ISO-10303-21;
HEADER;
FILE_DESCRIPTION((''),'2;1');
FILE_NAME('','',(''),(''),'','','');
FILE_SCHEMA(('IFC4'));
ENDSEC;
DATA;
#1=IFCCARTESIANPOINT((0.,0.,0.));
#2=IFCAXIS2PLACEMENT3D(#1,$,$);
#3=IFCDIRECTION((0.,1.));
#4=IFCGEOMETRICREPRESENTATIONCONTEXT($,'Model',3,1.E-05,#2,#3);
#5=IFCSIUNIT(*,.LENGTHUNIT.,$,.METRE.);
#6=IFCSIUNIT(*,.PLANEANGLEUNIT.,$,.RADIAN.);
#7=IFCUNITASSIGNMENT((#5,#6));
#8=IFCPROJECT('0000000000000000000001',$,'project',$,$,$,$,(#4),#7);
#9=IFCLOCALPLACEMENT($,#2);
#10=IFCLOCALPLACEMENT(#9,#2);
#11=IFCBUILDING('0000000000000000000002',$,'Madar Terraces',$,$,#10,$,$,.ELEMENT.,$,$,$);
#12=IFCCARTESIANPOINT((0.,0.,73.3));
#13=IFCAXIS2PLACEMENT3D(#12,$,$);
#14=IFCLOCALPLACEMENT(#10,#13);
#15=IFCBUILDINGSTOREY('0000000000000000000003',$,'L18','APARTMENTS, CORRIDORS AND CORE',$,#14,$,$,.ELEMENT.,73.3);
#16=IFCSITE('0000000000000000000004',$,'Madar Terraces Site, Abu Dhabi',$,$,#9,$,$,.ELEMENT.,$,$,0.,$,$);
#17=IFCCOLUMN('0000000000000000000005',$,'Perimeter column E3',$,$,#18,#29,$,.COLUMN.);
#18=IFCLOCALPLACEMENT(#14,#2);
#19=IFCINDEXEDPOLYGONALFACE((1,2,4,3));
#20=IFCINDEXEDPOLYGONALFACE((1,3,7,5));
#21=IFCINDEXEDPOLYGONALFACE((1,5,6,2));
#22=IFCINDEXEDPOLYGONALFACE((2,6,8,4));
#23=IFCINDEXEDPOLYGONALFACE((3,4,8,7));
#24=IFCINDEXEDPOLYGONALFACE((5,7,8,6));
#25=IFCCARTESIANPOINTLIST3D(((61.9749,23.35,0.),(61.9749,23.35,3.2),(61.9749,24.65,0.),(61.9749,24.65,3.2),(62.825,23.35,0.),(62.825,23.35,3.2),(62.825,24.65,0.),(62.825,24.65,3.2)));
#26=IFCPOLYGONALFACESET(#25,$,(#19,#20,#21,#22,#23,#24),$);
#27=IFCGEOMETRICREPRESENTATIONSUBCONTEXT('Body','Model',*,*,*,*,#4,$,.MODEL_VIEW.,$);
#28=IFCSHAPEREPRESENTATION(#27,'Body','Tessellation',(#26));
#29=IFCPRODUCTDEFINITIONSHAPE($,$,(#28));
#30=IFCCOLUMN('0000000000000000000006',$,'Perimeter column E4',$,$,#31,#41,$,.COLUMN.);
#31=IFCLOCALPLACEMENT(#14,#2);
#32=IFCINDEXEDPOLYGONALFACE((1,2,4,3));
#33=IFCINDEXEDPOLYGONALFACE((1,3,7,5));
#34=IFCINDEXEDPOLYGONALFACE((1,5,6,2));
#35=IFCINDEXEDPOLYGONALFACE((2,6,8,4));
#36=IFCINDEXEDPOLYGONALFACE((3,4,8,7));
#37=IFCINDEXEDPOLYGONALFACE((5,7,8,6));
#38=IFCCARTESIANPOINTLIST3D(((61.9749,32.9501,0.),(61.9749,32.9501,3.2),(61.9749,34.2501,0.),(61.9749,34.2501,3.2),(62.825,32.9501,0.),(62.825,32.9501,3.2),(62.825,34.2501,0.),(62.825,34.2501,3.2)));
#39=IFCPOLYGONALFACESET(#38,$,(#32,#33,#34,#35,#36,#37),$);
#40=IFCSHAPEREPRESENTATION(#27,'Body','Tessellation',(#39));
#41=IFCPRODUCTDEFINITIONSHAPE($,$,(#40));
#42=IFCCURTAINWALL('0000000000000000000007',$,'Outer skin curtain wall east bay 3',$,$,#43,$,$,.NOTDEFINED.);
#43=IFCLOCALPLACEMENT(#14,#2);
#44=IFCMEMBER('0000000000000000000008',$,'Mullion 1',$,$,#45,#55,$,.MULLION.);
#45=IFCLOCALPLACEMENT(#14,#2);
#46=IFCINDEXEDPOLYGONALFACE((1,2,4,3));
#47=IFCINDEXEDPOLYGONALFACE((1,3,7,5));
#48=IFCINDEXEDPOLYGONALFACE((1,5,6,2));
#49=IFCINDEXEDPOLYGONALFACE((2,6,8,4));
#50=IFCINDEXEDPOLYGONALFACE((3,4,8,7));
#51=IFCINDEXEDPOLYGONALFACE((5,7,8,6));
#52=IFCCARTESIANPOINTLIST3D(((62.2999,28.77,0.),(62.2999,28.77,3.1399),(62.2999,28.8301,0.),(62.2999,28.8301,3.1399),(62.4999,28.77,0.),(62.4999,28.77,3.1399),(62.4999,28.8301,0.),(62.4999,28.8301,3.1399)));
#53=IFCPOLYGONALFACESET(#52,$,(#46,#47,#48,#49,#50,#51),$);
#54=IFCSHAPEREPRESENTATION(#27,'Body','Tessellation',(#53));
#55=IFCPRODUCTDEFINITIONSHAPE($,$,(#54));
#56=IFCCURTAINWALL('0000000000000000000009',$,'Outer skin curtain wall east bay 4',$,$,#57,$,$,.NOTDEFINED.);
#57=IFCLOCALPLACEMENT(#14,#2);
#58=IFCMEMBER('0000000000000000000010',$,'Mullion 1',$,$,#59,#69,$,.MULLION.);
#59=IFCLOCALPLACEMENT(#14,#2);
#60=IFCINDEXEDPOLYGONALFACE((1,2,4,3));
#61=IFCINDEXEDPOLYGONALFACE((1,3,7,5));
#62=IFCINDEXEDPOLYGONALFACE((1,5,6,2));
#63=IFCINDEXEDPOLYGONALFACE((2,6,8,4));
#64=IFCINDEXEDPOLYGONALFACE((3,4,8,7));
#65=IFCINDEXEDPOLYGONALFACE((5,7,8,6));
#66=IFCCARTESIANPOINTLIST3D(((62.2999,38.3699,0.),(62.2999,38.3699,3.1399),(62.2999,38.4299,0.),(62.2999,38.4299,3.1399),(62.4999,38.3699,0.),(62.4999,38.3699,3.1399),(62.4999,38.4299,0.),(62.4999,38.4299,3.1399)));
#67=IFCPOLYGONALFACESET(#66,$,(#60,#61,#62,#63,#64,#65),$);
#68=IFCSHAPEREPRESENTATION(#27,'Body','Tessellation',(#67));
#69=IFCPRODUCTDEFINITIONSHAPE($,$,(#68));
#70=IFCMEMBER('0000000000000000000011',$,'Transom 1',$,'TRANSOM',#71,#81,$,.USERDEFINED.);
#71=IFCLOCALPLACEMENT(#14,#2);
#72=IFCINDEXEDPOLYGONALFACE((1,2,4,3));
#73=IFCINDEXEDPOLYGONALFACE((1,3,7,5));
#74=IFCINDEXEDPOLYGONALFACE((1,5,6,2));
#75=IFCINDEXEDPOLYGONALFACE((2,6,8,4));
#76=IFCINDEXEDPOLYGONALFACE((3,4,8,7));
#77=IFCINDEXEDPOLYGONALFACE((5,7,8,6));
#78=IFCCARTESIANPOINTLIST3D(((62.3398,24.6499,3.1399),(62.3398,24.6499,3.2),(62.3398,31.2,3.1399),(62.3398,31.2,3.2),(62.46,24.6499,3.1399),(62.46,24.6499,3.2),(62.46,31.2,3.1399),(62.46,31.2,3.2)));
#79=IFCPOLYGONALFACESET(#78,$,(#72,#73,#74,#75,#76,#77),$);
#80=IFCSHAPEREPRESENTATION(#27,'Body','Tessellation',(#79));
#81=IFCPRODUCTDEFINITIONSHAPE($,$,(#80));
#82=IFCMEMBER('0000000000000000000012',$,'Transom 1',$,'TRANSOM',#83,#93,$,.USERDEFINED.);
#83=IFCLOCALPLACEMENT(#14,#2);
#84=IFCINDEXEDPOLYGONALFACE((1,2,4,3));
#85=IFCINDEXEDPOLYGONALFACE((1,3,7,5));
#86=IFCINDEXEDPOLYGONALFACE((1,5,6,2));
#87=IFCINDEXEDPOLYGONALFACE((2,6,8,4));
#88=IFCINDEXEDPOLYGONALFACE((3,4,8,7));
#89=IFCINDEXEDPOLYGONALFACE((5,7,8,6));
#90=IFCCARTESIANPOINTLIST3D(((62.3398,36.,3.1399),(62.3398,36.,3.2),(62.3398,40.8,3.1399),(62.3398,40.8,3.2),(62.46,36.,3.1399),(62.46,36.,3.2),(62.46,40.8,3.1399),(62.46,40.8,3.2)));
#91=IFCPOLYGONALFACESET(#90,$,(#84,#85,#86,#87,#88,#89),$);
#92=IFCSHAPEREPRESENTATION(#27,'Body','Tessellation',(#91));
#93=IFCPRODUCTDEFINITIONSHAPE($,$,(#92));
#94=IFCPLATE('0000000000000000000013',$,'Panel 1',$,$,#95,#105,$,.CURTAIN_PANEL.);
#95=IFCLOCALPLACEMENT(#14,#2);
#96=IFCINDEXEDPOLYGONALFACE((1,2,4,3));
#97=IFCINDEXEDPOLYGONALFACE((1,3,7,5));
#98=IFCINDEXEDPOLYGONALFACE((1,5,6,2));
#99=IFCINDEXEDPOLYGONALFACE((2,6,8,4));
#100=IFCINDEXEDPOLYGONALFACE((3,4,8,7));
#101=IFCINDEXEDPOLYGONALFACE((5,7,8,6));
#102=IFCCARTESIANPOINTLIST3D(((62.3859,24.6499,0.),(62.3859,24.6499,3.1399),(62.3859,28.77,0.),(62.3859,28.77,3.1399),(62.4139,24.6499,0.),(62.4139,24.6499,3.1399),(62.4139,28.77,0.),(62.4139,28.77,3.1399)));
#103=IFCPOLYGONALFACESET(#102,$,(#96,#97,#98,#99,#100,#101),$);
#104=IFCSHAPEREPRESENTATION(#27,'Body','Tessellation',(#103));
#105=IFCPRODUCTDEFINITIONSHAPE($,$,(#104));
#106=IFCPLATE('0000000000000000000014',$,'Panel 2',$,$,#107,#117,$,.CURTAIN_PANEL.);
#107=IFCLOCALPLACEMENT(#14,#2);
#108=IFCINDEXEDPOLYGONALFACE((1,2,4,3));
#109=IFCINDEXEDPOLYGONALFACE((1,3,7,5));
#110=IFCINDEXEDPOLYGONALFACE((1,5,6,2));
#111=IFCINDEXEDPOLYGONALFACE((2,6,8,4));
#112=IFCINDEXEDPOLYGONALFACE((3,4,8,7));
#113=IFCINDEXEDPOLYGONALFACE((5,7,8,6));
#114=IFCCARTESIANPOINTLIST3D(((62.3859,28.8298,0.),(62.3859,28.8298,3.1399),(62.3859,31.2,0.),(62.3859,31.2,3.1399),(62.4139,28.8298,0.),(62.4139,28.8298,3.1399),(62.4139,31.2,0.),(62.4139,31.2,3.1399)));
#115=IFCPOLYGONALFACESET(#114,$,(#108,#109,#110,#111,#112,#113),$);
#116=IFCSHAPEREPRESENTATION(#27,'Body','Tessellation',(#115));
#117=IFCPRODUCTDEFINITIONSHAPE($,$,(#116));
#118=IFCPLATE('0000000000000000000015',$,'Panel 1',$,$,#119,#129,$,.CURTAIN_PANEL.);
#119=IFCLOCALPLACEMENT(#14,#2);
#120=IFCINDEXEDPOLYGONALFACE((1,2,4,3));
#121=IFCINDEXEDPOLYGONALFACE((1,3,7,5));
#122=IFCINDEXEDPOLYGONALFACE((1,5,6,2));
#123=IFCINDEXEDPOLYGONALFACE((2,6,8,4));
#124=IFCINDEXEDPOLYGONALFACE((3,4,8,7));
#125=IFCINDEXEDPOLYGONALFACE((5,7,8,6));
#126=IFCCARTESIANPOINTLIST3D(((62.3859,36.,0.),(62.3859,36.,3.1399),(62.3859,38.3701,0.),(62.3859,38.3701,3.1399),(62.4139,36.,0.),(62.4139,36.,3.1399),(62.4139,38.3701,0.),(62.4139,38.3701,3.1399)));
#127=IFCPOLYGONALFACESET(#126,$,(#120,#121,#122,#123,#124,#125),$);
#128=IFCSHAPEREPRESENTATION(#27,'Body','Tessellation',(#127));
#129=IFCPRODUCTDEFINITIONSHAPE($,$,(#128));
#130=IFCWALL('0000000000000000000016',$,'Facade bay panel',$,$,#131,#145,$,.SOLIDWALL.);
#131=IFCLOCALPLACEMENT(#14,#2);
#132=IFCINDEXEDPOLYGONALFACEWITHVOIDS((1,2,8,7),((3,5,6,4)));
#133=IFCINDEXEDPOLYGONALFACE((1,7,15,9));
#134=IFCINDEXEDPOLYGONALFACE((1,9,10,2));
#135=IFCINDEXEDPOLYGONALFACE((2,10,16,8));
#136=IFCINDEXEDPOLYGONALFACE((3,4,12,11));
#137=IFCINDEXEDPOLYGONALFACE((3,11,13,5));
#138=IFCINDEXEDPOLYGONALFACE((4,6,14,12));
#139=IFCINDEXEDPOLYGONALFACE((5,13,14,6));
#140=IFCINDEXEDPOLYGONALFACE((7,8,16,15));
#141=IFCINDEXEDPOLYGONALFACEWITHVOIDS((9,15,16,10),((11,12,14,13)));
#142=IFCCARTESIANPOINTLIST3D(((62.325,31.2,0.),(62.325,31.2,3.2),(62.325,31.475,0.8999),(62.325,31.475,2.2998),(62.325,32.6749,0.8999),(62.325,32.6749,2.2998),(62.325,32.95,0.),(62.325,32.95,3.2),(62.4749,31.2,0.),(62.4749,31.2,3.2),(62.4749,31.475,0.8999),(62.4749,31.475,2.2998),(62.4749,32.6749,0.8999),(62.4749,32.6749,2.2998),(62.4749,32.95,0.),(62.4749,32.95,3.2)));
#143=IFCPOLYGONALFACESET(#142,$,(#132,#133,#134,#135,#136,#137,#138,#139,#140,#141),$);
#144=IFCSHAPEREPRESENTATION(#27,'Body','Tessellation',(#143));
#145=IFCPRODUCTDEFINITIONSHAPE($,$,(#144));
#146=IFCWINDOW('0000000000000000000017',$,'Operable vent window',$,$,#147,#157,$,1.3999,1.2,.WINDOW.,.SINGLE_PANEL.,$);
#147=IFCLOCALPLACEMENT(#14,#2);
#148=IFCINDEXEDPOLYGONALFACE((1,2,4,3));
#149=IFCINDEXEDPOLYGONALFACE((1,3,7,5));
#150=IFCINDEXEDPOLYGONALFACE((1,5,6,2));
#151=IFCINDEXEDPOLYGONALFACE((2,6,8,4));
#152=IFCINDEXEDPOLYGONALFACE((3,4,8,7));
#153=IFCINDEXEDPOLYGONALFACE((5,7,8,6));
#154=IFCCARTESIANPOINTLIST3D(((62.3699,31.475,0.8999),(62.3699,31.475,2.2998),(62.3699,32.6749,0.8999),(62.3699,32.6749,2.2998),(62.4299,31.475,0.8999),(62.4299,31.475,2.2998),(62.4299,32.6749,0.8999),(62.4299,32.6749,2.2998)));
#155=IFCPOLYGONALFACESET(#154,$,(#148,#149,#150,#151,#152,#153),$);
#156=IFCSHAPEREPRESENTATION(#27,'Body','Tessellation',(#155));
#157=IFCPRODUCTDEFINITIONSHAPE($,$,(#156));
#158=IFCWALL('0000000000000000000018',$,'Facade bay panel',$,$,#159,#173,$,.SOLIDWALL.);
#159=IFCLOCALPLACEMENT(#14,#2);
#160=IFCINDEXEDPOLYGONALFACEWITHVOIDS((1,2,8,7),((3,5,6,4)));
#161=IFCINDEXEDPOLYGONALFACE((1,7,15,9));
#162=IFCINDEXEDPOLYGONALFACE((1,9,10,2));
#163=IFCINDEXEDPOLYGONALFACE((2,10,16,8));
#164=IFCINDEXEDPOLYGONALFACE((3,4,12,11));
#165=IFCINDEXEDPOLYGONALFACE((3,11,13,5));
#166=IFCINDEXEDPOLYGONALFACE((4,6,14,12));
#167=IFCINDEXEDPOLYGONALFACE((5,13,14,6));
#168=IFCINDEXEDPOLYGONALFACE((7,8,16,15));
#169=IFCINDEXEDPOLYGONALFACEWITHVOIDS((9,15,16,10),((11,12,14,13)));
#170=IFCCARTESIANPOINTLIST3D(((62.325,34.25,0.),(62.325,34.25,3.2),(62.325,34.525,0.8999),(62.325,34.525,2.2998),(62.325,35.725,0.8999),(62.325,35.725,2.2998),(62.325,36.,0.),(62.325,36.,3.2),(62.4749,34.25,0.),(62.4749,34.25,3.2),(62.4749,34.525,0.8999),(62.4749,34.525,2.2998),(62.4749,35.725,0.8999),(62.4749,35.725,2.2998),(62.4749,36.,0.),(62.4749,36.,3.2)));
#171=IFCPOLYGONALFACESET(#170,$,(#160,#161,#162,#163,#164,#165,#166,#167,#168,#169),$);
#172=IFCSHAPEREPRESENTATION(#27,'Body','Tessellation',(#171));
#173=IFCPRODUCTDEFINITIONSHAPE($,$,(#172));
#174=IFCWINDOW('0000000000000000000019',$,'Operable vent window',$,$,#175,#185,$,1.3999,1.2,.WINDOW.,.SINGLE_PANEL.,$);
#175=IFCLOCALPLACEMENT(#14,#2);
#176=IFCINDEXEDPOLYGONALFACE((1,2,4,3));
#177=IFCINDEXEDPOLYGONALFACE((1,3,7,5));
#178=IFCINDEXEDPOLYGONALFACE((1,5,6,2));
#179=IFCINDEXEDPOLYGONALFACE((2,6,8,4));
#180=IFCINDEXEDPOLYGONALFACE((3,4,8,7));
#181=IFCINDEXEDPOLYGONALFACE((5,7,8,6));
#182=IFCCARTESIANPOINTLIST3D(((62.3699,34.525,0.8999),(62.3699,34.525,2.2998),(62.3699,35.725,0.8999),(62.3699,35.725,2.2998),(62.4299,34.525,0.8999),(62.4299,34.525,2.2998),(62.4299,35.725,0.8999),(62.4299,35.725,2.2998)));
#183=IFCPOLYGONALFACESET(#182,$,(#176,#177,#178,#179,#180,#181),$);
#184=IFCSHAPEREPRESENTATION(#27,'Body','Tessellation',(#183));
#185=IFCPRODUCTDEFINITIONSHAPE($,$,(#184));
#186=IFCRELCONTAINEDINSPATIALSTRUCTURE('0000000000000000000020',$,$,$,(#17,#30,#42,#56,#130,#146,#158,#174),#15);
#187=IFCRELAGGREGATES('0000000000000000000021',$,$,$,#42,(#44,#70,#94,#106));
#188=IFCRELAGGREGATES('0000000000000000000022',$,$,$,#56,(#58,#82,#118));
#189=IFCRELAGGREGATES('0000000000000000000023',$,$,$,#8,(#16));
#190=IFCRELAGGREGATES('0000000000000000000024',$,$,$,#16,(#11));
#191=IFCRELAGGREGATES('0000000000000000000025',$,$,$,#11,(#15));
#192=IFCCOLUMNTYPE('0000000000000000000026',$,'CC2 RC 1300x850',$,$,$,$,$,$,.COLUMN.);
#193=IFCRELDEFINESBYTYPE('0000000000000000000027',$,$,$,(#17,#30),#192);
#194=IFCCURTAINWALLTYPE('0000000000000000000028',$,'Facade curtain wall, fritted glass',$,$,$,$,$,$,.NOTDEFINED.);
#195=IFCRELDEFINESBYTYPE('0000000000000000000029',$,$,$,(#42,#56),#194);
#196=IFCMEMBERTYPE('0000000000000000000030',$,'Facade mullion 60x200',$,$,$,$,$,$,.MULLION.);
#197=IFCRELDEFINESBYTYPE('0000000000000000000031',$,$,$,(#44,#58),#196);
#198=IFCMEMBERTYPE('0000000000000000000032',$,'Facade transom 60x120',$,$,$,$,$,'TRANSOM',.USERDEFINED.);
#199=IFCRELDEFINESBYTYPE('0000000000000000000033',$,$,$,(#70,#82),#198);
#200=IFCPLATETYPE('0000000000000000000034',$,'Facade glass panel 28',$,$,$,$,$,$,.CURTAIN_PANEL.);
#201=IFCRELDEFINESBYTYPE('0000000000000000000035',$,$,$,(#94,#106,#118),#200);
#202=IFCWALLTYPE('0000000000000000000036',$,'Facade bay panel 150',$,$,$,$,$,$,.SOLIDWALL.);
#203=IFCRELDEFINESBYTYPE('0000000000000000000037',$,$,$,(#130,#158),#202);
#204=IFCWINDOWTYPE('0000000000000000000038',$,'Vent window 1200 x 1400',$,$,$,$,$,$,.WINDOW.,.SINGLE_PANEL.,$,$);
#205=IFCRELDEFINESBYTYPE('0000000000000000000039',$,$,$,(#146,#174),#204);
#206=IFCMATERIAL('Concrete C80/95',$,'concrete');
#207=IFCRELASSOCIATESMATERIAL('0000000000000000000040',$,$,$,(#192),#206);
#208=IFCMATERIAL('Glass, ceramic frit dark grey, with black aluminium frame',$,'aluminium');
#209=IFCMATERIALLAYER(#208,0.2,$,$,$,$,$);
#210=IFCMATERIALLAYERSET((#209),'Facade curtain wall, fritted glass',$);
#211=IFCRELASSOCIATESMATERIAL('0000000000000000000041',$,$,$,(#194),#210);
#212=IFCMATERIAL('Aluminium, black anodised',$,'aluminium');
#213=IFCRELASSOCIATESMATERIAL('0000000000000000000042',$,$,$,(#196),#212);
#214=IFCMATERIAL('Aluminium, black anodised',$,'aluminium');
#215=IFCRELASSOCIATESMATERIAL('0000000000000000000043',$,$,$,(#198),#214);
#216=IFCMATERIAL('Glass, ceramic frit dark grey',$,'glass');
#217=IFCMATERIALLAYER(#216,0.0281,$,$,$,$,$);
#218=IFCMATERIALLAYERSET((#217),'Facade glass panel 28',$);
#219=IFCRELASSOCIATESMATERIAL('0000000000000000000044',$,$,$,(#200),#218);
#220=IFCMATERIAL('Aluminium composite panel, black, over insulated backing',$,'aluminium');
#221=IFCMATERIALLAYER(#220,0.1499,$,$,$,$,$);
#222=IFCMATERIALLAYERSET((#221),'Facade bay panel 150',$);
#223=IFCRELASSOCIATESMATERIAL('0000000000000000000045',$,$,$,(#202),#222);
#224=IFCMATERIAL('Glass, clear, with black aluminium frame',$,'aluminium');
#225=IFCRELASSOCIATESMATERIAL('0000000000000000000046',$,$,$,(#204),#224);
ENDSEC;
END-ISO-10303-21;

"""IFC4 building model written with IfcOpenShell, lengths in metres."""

from ifc_helpers import new_model, si_unit, direction, frame, frame_2d, origin, origin_2d, place, context, subcontext, project, spatial, rectangle, extrude, material, layer, layer_set, material_profile, profile_set, type_object, element, fill, aggregate, save


model = new_model("IFC4")

# Units and contexts
model_context = context("Model", 3, precision=1e-05, world=origin(), true_north=direction((0.0, 1.0)))
body_context = subcontext(model_context, "Body", "Model", "MODEL_VIEW")
ifc_project = project(units=[si_unit("LENGTHUNIT", "METRE"), si_unit("PLANEANGLEUNIT", "RADIAN")], contexts=[model_context])

# Site, building, storey
site_placement = place(None, origin())
site = spatial("IfcSite", under=ifc_project, at=site_placement, Name="Madar Terraces Site, Abu Dhabi", CompositionType="ELEMENT", RefElevation=0.0)
building_placement = place(site_placement, origin())
building = spatial("IfcBuilding", under=site, at=building_placement, Name="Madar Terraces", CompositionType="ELEMENT")
storey_placement = place(building_placement, frame((0.0, 0.0, 73.3)))
storey = spatial("IfcBuildingStorey", under=building, at=storey_placement, Name="L18", Description="APARTMENTS, CORRIDORS AND CORE", CompositionType="ELEMENT", Elevation=73.3)

# Columns
ifc_material_1 = material(Name="Concrete C80/95", Category="concrete")
ifc_material_profile_1 = material_profile(ifc_material_1, rectangle(XDim=1.3, YDim=0.8501, at=origin_2d()), Name="CC2 RC 1300x850")
ifc_profile_set_1 = profile_set([ifc_material_profile_1], Name="Concrete C80/95")
column_type = type_object("IfcColumnType", Name="CC2 RC 1300x850", PredefinedType="COLUMN", material=ifc_profile_set_1)
for number, where, z_axis, x_axis, name in (
    (1, (62.3999, 24.0, 0.0), (0.0, 0.0, 1.0), (0.0, 1.0, 0.0), "Perimeter column E3"),
    (2, (62.3999, 33.6001, 0.0), (0.0, 0.0, 1.0), (0.0, 1.0, 0.0), "Perimeter column E4"),
):
    element("IfcColumn", number, at=place(storey_placement, frame(where, z_axis=z_axis, x_axis=x_axis)), inside=storey, type_object=column_type, Name=name, PredefinedType="COLUMN", context=body_context, shape_type="SweptSolid", body=[
        extrude(rectangle(XDim=1.3, YDim=0.8501, at=origin_2d()), origin(), (0.0, 0.0, 1.0), 3.2),
    ])

# Curtain walls, members
ifc_material_2 = material(Name="Glass, ceramic frit dark grey, with black aluminium frame", Category="aluminium")
ifc_layer_1 = layer(ifc_material_2, 0.2)
ifc_layer_set_1 = layer_set([ifc_layer_1], Name="Facade curtain wall, fritted glass")
curtain_wall_type = type_object("IfcCurtainWallType", Name="Facade curtain wall, fritted glass", PredefinedType="NOTDEFINED", material=ifc_layer_set_1)
curtain_wall_1_placement = place(storey_placement, origin())
curtain_wall_1 = element("IfcCurtainWall", 3, at=curtain_wall_1_placement, inside=storey, type_object=curtain_wall_type, Name="Outer skin curtain wall east bay 3", PredefinedType="NOTDEFINED")
ifc_material_3 = material(Name="Aluminium, black anodised", Category="aluminium")
ifc_material_profile_2 = material_profile(ifc_material_3, rectangle(XDim=0.2, YDim=0.0601, at=origin_2d()), Name="Facade mullion 60x200")
ifc_profile_set_2 = profile_set([ifc_material_profile_2], Name="Aluminium, black anodised")
member_type_1 = type_object("IfcMemberType", Name="Facade mullion 60x200", PredefinedType="MULLION", material=ifc_profile_set_2)
member_1_placement = place(storey_placement, frame((62.3999, 28.8, 0.0), z_axis=(0.0, 0.0, 1.0), x_axis=(-1.0, 0.0, 0.0)))
member_1 = element("IfcMember", 4, at=member_1_placement, type_object=member_type_1, Name="Mullion 1", PredefinedType="MULLION", context=body_context, shape_type="SweptSolid", body=[
    extrude(rectangle(XDim=0.2, YDim=0.0601, at=origin_2d()), origin(), (0.0, 0.0, 1.0), 3.1399),
])
curtain_wall_2_placement = place(storey_placement, origin())
curtain_wall_2 = element("IfcCurtainWall", 5, at=curtain_wall_2_placement, inside=storey, type_object=curtain_wall_type, Name="Outer skin curtain wall east bay 4", PredefinedType="NOTDEFINED")
member_2_placement = place(storey_placement, frame((62.3999, 38.3999, 0.0), z_axis=(0.0, 0.0, 1.0), x_axis=(-1.0, 0.0, 0.0)))
member_2 = element("IfcMember", 6, at=member_2_placement, type_object=member_type_1, Name="Mullion 1", PredefinedType="MULLION", context=body_context, shape_type="SweptSolid", body=[
    extrude(rectangle(XDim=0.2, YDim=0.0601, at=origin_2d()), origin(), (0.0, 0.0, 1.0), 3.1399),
])

# Members
ifc_material_4 = material(Name="Aluminium, black anodised", Category="aluminium")
ifc_material_profile_3 = material_profile(ifc_material_4, rectangle(XDim=0.1201, YDim=0.0601, at=origin_2d()), Name="Facade transom 60x120")
ifc_profile_set_3 = profile_set([ifc_material_profile_3], Name="Aluminium, black anodised")
member_type_2 = type_object("IfcMemberType", Name="Facade transom 60x120", ElementType="TRANSOM", PredefinedType="USERDEFINED", material=ifc_profile_set_3)
member_3_placement = place(storey_placement, frame((62.3999, 24.6499, 3.1699), z_axis=(0.0, 1.0, 0.0), x_axis=(-1.0, 0.0, 0.0)))
member_3 = element("IfcMember", 7, at=member_3_placement, type_object=member_type_2, Name="Transom 1", ObjectType="TRANSOM", PredefinedType="USERDEFINED", context=body_context, shape_type="SweptSolid", body=[
    extrude(rectangle(XDim=0.1201, YDim=0.0601, at=origin_2d()), origin(), (0.0, 0.0, 1.0), 6.55),
])
member_4_placement = place(storey_placement, frame((62.3999, 36.0, 3.1699), z_axis=(0.0, 1.0, 0.0), x_axis=(-1.0, 0.0, 0.0)))
member_4 = element("IfcMember", 8, at=member_4_placement, type_object=member_type_2, Name="Transom 1", ObjectType="TRANSOM", PredefinedType="USERDEFINED", context=body_context, shape_type="SweptSolid", body=[
    extrude(rectangle(XDim=0.1201, YDim=0.0601, at=origin_2d()), origin(), (0.0, 0.0, 1.0), 4.8),
])

# Plates
ifc_material_5 = material(Name="Glass, ceramic frit dark grey", Category="glass")
ifc_layer_2 = layer(ifc_material_5, 0.0281)
ifc_layer_set_2 = layer_set([ifc_layer_2], Name="Facade glass panel 28")
plate_type = type_object("IfcPlateType", Name="Facade glass panel 28", PredefinedType="CURTAIN_PANEL", material=ifc_layer_set_2)
plate_1_placement = place(storey_placement, frame((62.3999, 26.71, 0.0), z_axis=(0.0, 0.0, 1.0), x_axis=(0.0, 1.0, 0.0)))
plate_1 = element("IfcPlate", 9, at=plate_1_placement, type_object=plate_type, Name="Panel 1", PredefinedType="CURTAIN_PANEL", context=body_context, shape_type="SweptSolid", body=[
    extrude(rectangle(XDim=4.1201, YDim=0.0281, at=origin_2d()), origin(), (0.0, 0.0, 1.0), 3.1399),
])
plate_2_placement = place(storey_placement, frame((62.3999, 30.0149, 0.0), z_axis=(0.0, 0.0, 1.0), x_axis=(0.0, 1.0, 0.0)))
plate_2 = element("IfcPlate", 10, at=plate_2_placement, type_object=plate_type, Name="Panel 2", PredefinedType="CURTAIN_PANEL", context=body_context, shape_type="SweptSolid", body=[
    extrude(rectangle(XDim=2.3701, YDim=0.0281, at=origin_2d()), origin(), (0.0, 0.0, 1.0), 3.1399),
])
aggregate(curtain_wall_1, [member_1, member_3, plate_1, plate_2])
plate_3_placement = place(storey_placement, frame((62.3999, 37.1851, 0.0), z_axis=(0.0, 0.0, 1.0), x_axis=(0.0, 1.0, 0.0)))
plate_3 = element("IfcPlate", 11, at=plate_3_placement, type_object=plate_type, Name="Panel 1", PredefinedType="CURTAIN_PANEL", context=body_context, shape_type="SweptSolid", body=[
    extrude(rectangle(XDim=2.3701, YDim=0.0281, at=origin_2d()), origin(), (0.0, 0.0, 1.0), 3.1399),
])
aggregate(curtain_wall_2, [member_2, member_4, plate_3])

# Walls, openings, windows
ifc_material_6 = material(Name="Aluminium composite panel, black, over insulated backing", Category="aluminium")
ifc_layer_3 = layer(ifc_material_6, 0.1499)
ifc_layer_set_3 = layer_set([ifc_layer_3], Name="Facade bay panel 150")
wall_type_1 = type_object("IfcWallType", Name="Facade bay panel 150", PredefinedType="SOLIDWALL", material=ifc_layer_set_3)
wall_1_placement = place(storey_placement, frame((62.3999, 31.2, 0.0), z_axis=(0.0, 0.0, 1.0), x_axis=(0.0, 1.0, 0.0)))
wall_1 = element("IfcWall", 12, at=wall_1_placement, inside=storey, type_object=wall_type_1, Name="Facade bay panel", PredefinedType="SOLIDWALL", context=body_context, shape_type="SweptSolid", body=[
    extrude(rectangle(XDim=1.75, YDim=0.1499, at=frame_2d((0.875, 0.0))), origin(), (0.0, 0.0, 1.0), 3.2),
])
opening_1_placement = place(wall_1_placement, frame((0.2749, 0.0, 0.8999)))
opening_1 = element("IfcOpeningElement", 13, at=opening_1_placement, cuts=wall_1, PredefinedType="OPENING", context=body_context, shape_type="SweptSolid", body=[
    extrude(rectangle(XDim=1.2, YDim=1.3999, at=frame_2d((0.6001, 0.7))), frame((0.0, 0.085, 0.0), z_axis=(0.0, -1.0, 0.0), x_axis=(1.0, 0.0, 0.0)), (0.0, 0.0, 1.0), 0.1699),
])
ifc_material_7 = material(Name="Glass, clear, with black aluminium frame", Category="aluminium")
window_type = type_object("IfcWindowType", Name="Vent window 1200 x 1400", PartitioningType="SINGLE_PANEL", PredefinedType="WINDOW", material=ifc_material_7)
window_1_placement = place(opening_1_placement, origin())
window_1 = element("IfcWindow", 14, at=window_1_placement, inside=storey, type_object=window_type, Name="Operable vent window", OverallHeight=1.3999, OverallWidth=1.2, PartitioningType="SINGLE_PANEL", PredefinedType="WINDOW", context=body_context, shape_type="SweptSolid", body=[
    extrude(rectangle(XDim=1.2, YDim=1.3999, at=frame_2d((0.6001, 0.7))), frame((0.0, 0.03, 0.0), z_axis=(0.0, -1.0, 0.0), x_axis=(1.0, 0.0, 0.0)), (0.0, 0.0, 1.0), 0.0601),
])
fill(opening_1, window_1)
wall_2_placement = place(storey_placement, frame((62.3999, 34.25, 0.0), z_axis=(0.0, 0.0, 1.0), x_axis=(0.0, 1.0, 0.0)))
wall_2 = element("IfcWall", 15, at=wall_2_placement, inside=storey, type_object=wall_type_1, Name="Facade bay panel", PredefinedType="SOLIDWALL", context=body_context, shape_type="SweptSolid", body=[
    extrude(rectangle(XDim=1.75, YDim=0.1499, at=frame_2d((0.875, 0.0))), origin(), (0.0, 0.0, 1.0), 3.2),
])
opening_2_placement = place(wall_2_placement, frame((0.2749, 0.0, 0.8999)))
opening_2 = element("IfcOpeningElement", 16, at=opening_2_placement, cuts=wall_2, PredefinedType="OPENING", context=body_context, shape_type="SweptSolid", body=[
    extrude(rectangle(XDim=1.2, YDim=1.3999, at=frame_2d((0.6001, 0.7))), frame((0.0, 0.085, 0.0), z_axis=(0.0, -1.0, 0.0), x_axis=(1.0, 0.0, 0.0)), (0.0, 0.0, 1.0), 0.1699),
])
window_2_placement = place(opening_2_placement, origin())
window_2 = element("IfcWindow", 17, at=window_2_placement, inside=storey, type_object=window_type, Name="Operable vent window", OverallHeight=1.3999, OverallWidth=1.2, PartitioningType="SINGLE_PANEL", PredefinedType="WINDOW", context=body_context, shape_type="SweptSolid", body=[
    extrude(rectangle(XDim=1.2, YDim=1.3999, at=frame_2d((0.6001, 0.7))), frame((0.0, 0.03, 0.0), z_axis=(0.0, -1.0, 0.0), x_axis=(1.0, 0.0, 0.0)), (0.0, 0.0, 1.0), 0.0601),
])
fill(opening_2, window_2)

save(model, "model.ifc")
